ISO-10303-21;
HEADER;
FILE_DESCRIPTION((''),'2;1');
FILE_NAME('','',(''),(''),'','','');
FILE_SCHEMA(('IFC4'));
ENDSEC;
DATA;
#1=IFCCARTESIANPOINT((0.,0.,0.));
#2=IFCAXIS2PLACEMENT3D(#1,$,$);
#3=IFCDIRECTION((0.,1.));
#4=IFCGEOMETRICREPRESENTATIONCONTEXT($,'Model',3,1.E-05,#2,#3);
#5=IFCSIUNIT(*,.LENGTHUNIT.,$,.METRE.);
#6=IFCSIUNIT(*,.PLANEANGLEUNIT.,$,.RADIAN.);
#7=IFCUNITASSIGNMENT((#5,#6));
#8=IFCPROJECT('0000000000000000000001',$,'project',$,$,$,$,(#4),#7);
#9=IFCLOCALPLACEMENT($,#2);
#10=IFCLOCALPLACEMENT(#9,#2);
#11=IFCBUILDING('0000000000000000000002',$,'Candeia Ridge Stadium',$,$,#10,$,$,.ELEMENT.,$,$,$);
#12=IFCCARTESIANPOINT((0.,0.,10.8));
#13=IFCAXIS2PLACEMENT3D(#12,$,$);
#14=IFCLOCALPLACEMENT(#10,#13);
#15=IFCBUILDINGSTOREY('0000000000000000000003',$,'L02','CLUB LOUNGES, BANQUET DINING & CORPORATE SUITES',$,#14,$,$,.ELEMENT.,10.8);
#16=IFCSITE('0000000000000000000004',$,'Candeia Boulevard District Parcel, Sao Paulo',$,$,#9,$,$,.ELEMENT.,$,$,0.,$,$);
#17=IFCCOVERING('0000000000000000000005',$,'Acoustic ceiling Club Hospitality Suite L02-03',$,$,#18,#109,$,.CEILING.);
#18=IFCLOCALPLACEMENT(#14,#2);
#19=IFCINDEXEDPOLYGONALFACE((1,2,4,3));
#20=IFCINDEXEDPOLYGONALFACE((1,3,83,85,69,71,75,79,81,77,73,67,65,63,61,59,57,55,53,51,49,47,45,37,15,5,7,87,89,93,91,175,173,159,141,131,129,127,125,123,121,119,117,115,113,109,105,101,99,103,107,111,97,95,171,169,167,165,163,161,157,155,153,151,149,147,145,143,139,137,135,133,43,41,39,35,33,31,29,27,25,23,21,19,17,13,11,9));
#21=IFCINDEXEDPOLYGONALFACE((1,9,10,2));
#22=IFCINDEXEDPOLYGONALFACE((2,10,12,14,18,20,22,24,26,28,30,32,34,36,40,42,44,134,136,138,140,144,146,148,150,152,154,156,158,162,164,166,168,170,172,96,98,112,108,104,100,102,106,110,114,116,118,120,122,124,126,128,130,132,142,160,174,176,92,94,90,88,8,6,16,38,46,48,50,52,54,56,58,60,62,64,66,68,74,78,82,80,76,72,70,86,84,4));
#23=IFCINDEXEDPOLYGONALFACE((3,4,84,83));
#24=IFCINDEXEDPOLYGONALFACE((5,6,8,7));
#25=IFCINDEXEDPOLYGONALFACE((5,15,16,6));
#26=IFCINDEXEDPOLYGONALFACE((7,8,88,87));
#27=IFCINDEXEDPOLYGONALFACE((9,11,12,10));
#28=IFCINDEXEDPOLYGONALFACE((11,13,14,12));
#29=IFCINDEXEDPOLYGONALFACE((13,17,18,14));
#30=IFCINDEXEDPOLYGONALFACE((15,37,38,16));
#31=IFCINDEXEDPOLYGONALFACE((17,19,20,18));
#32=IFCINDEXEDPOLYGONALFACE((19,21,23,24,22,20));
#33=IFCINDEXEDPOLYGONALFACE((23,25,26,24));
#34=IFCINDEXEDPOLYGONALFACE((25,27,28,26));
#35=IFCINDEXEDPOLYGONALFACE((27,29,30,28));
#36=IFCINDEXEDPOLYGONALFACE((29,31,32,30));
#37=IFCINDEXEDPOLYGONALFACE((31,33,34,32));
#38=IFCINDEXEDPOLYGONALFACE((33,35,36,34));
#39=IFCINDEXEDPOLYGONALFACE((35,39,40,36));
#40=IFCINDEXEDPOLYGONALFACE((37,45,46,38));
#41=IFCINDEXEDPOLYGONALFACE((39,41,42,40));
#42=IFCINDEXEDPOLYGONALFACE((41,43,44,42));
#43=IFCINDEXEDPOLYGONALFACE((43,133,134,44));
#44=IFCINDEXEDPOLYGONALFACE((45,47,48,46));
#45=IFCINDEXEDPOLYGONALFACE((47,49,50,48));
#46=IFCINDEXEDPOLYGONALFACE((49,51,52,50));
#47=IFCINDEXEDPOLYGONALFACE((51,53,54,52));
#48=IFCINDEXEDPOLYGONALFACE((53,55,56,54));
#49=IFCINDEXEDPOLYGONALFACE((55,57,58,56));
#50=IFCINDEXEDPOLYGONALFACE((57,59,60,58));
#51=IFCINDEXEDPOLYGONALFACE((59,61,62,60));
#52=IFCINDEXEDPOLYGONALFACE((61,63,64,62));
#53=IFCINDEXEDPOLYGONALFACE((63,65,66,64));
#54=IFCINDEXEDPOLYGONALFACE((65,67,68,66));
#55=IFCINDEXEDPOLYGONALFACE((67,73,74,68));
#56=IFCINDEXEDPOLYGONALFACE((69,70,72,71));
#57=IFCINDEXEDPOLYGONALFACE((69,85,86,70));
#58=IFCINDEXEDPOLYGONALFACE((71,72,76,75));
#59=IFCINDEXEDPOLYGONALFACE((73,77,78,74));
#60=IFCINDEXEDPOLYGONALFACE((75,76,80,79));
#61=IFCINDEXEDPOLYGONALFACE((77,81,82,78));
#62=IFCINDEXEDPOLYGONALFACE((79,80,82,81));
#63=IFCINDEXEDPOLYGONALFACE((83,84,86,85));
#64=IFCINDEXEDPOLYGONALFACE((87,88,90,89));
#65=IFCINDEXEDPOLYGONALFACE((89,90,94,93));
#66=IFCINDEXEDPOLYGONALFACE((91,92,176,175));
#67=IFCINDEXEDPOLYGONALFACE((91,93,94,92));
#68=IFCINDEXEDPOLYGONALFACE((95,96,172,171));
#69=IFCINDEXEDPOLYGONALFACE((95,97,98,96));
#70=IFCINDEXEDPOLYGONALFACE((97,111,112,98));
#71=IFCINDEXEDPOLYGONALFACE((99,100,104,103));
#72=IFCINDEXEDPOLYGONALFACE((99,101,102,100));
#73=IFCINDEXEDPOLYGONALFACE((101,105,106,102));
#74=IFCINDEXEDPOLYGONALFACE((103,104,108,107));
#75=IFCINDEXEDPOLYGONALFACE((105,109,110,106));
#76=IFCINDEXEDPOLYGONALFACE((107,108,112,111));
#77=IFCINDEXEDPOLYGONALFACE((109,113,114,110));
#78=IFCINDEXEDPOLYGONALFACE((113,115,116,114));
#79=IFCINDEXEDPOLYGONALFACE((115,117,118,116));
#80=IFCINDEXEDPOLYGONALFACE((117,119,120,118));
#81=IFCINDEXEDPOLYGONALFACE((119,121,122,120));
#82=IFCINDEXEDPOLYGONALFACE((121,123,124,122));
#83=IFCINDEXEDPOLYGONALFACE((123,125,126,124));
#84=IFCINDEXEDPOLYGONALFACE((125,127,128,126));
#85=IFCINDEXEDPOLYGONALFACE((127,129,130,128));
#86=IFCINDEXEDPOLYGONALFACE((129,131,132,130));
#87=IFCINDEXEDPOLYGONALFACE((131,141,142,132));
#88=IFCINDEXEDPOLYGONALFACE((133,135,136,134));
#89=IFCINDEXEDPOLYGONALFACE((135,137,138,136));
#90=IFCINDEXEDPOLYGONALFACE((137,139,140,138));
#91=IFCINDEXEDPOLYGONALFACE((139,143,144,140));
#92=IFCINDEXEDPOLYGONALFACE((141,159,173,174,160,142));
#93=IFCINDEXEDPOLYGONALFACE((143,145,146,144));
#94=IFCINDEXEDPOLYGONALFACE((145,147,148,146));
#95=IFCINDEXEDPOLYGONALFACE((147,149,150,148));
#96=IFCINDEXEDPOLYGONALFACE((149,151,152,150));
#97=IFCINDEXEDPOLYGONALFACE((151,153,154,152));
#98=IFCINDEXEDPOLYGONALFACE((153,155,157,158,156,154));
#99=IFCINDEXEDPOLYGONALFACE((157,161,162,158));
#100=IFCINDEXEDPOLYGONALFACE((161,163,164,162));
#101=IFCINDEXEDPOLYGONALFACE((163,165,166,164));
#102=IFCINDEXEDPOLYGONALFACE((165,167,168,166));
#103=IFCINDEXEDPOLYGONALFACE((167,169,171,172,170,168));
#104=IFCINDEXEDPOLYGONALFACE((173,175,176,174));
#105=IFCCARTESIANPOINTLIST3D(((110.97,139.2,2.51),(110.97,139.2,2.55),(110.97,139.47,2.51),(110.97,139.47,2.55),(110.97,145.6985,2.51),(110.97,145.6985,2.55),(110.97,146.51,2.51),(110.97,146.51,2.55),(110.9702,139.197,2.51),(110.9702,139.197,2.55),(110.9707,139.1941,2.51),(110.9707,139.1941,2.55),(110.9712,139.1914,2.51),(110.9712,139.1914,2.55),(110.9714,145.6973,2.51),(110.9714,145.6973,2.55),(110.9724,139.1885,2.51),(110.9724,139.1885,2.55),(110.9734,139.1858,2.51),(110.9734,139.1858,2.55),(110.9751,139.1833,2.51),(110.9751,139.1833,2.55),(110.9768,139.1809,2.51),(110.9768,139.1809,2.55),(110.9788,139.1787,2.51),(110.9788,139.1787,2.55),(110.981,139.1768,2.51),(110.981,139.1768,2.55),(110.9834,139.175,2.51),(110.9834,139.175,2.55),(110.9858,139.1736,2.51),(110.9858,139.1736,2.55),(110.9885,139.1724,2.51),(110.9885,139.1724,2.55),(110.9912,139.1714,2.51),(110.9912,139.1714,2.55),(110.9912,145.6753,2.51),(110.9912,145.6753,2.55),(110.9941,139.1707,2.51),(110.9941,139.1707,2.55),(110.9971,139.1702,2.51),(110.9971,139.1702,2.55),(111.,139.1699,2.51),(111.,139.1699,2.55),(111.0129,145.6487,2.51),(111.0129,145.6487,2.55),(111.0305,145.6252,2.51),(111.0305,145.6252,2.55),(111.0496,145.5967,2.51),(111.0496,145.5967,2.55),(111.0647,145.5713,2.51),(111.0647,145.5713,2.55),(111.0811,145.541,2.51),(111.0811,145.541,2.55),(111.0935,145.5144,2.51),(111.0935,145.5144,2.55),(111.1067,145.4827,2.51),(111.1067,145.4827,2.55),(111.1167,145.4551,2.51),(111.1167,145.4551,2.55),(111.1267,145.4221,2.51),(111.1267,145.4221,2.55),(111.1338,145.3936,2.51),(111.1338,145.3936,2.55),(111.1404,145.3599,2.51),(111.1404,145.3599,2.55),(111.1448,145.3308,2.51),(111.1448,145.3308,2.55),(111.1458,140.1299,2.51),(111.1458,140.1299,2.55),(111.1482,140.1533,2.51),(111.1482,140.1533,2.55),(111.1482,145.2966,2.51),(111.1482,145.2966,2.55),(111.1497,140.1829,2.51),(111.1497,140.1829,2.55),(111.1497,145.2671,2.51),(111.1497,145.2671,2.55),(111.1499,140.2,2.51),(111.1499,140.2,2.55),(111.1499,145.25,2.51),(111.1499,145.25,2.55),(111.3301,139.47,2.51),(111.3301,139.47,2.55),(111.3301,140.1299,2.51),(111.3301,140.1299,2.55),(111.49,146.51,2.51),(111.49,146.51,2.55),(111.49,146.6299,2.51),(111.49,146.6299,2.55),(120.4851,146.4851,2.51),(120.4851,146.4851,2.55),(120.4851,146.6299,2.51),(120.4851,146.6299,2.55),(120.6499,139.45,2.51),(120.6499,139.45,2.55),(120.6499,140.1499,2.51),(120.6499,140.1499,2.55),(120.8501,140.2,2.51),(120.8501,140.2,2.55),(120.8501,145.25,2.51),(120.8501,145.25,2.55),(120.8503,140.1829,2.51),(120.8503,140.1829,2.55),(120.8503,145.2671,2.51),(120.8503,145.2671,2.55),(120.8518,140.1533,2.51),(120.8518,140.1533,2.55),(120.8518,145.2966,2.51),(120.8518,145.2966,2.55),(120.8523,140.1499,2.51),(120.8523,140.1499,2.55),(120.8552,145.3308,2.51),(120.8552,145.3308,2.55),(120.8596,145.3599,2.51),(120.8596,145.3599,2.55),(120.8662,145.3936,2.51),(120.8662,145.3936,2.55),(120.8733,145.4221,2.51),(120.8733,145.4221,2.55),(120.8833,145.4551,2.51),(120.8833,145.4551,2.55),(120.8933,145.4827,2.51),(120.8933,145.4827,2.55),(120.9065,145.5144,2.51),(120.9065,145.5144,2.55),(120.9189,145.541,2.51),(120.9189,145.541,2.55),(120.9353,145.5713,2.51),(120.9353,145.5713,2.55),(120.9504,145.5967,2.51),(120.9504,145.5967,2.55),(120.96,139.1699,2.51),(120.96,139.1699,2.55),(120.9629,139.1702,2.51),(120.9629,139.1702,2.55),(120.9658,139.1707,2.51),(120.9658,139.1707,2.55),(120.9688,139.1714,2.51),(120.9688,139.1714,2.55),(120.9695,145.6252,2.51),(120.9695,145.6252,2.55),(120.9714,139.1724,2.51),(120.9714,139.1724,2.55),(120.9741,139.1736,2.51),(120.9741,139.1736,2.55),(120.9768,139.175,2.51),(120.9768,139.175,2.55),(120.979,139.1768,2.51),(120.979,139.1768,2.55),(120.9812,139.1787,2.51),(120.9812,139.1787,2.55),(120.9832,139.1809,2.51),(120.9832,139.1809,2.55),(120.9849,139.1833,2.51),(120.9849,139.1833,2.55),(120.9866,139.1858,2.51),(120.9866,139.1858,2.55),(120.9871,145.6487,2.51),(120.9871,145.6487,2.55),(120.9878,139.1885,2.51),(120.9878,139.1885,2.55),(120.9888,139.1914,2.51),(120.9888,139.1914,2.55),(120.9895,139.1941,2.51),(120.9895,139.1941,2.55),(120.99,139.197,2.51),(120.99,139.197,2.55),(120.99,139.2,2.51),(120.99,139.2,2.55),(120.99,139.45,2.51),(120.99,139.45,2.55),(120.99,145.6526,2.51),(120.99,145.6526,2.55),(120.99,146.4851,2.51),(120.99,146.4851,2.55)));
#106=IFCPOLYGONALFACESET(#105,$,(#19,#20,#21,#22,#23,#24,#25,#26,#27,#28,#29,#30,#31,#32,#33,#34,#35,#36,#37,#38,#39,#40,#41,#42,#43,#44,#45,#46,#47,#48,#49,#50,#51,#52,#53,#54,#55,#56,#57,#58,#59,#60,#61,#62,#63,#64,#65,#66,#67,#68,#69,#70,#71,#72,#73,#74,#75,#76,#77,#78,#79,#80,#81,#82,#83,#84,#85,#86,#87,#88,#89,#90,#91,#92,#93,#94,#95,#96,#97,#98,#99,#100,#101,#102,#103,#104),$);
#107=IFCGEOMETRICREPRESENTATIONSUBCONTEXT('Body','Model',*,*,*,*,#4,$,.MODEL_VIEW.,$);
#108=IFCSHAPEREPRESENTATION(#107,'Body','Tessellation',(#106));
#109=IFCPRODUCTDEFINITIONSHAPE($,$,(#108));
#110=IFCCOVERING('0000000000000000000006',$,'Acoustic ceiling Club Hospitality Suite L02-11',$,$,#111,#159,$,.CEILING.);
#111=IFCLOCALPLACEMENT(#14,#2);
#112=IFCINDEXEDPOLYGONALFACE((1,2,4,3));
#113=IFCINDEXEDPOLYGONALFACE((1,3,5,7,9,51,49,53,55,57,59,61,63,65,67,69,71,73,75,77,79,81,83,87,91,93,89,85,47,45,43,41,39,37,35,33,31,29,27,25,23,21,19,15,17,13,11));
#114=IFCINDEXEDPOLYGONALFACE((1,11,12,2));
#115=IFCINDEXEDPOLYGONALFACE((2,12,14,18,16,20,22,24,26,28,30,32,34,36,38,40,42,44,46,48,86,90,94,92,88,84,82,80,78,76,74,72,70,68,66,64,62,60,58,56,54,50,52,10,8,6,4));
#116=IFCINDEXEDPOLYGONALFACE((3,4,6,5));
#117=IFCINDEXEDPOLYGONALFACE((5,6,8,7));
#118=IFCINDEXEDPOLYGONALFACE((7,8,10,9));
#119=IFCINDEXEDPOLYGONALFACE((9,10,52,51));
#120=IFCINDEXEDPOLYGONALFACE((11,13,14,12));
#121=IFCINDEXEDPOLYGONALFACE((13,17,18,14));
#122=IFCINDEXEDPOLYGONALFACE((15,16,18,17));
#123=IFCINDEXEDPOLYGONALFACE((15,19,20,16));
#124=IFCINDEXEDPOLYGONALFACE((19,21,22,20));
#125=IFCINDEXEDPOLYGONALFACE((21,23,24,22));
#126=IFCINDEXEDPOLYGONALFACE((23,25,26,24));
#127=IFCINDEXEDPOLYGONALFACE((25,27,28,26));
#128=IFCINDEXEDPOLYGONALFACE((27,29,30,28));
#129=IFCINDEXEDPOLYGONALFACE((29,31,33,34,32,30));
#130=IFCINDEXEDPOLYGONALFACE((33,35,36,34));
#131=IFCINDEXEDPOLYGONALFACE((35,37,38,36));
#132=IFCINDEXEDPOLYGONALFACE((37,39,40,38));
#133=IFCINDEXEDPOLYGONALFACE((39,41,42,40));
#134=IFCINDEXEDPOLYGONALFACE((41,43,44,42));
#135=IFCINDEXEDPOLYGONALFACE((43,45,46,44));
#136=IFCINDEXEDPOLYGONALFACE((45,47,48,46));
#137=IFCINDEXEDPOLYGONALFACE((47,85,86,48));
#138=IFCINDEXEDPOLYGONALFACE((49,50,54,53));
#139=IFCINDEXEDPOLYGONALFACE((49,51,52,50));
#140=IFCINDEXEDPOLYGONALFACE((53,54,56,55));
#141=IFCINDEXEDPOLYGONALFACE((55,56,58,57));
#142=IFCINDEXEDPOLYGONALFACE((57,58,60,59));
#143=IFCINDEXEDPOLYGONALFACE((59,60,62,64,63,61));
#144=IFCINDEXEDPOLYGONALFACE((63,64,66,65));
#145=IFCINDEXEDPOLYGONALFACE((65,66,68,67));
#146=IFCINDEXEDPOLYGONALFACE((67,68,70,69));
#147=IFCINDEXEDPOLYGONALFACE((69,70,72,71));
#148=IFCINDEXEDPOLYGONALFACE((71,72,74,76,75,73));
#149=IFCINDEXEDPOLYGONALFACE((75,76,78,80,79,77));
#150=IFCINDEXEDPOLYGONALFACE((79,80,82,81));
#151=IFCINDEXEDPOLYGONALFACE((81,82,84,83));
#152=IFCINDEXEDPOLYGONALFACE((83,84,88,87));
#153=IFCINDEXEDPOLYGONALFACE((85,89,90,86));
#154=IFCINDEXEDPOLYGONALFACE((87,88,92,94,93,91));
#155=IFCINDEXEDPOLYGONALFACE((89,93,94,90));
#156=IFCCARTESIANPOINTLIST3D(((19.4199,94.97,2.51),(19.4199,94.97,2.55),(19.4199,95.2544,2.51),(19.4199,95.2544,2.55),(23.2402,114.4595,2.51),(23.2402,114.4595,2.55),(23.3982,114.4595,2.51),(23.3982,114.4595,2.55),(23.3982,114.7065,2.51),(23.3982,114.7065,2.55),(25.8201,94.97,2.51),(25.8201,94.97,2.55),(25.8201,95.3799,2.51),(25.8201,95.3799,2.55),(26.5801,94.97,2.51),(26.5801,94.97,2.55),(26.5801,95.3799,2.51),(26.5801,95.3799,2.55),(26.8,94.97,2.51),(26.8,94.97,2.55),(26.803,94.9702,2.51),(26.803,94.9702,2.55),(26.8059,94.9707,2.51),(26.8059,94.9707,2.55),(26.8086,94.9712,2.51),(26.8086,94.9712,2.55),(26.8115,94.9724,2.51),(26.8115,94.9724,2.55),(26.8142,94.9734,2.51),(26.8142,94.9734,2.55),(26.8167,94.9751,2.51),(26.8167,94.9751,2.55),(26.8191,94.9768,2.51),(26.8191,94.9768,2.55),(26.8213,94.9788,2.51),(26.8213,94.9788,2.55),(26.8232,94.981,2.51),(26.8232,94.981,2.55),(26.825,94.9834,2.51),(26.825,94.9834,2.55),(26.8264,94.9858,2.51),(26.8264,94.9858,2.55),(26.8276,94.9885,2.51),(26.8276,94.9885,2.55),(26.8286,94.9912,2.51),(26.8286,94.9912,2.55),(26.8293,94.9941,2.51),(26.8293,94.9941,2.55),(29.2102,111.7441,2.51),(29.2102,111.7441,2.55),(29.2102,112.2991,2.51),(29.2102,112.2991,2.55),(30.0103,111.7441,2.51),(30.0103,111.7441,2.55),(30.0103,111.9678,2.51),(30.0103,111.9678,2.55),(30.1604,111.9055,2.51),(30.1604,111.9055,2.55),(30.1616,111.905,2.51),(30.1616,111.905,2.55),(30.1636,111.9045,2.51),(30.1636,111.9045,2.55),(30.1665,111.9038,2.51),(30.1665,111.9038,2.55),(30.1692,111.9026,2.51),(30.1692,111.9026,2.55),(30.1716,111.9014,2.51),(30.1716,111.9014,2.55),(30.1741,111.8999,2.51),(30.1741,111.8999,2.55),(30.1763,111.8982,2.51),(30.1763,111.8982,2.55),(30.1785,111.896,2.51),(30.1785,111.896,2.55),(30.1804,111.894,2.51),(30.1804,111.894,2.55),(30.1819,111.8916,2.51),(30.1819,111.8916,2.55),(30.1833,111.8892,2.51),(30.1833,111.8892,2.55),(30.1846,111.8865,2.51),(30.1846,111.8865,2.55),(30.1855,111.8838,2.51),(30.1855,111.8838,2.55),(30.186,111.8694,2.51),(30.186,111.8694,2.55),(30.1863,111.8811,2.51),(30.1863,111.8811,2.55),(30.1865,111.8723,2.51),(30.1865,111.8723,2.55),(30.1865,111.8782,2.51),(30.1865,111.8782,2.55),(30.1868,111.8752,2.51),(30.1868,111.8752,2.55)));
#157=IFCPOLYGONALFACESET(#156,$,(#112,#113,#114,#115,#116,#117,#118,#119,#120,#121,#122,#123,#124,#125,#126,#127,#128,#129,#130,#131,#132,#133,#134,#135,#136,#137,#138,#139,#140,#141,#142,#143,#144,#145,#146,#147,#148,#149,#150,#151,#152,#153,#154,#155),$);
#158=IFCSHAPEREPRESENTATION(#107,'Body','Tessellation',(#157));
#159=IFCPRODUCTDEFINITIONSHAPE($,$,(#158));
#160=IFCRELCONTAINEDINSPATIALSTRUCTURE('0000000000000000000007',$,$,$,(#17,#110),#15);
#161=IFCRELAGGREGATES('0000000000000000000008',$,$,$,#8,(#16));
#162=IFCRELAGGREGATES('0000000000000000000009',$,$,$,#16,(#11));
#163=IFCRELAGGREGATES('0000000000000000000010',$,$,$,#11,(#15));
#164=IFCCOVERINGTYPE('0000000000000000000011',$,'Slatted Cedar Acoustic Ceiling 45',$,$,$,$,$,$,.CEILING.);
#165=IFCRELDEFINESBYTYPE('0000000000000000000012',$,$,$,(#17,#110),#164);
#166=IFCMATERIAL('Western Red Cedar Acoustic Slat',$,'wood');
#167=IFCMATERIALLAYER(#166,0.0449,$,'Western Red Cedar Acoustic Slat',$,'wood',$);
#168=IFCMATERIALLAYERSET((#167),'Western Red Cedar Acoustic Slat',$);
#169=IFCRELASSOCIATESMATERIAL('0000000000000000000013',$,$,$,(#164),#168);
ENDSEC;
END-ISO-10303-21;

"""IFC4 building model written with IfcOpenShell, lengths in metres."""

from ifc_helpers import new_model, si_unit, direction, frame, origin, place, context, subcontext, project, spatial, polyline, outline, extrude, material, layer, layer_set, type_object, element, save


model = new_model("IFC4")

# Units and contexts
model_context = context("Model", 3, precision=1e-05, world=origin(), true_north=direction((0.0, 1.0)))
body_context = subcontext(model_context, "Body", "Model", "MODEL_VIEW")
ifc_project = project(units=[si_unit("LENGTHUNIT", "METRE"), si_unit("PLANEANGLEUNIT", "RADIAN")], contexts=[model_context])

# Site, building, storey
site_placement = place(None, origin())
site = spatial("IfcSite", under=ifc_project, at=site_placement, Name="Candeia Boulevard District Parcel, Sao Paulo", CompositionType="ELEMENT", RefElevation=0.0)
building_placement = place(site_placement, origin())
building = spatial("IfcBuilding", under=site, at=building_placement, Name="Candeia Ridge Stadium", CompositionType="ELEMENT")
storey_placement = place(building_placement, frame((0.0, 0.0, 10.8)))
storey = spatial("IfcBuildingStorey", under=building, at=storey_placement, Name="L02", Description="CLUB LOUNGES, BANQUET DINING & CORPORATE SUITES", CompositionType="ELEMENT", Elevation=10.8)

# Coverings
ifc_material_1 = material(Name="Western Red Cedar Acoustic Slat", Category="wood")
ifc_layer_1 = layer(ifc_material_1, 0.0449, Name="Western Red Cedar Acoustic Slat", Category="wood")
ifc_layer_set_1 = layer_set([ifc_layer_1], Name="Western Red Cedar Acoustic Slat")
covering_type_1 = type_object("IfcCoveringType", Name="Slatted Cedar Acoustic Ceiling 45", PredefinedType="CEILING", material=ifc_layer_set_1)
covering_1_placement = place(storey_placement, frame((0.0, 0.0, 2.51)))
element("IfcCovering", 1, at=covering_1_placement, inside=storey, type_object=covering_type_1, Name="Acoustic ceiling Club Hospitality Suite L02-03", PredefinedType="CEILING", context=body_context, shape_type="SweptSolid", body=[
    extrude(outline(polyline([(110.9941, 139.1707), (110.9912, 139.1714), (110.9885, 139.1724), (110.9858, 139.1736), (110.9834, 139.175), (110.981, 139.1768), (110.9788, 139.1787), (110.9768, 139.1809), (110.9751, 139.1833), (110.9734, 139.1858), (110.9724, 139.1885), (110.9712, 139.1914), (110.9707, 139.1941), (110.9702, 139.197), (110.97, 139.2), (110.97, 139.47), (111.3301, 139.47), (111.3301, 140.1299), (111.1458, 140.1299), (111.1482, 140.1533), (111.1497, 140.1829), (111.1499, 140.2), (111.1499, 145.25), (111.1497, 145.2671), (111.1482, 145.2966), (111.1448, 145.3308), (111.1404, 145.3599), (111.1338, 145.3936), (111.1267, 145.4221), (111.1167, 145.4551), (111.1067, 145.4827), (111.0935, 145.5144), (111.0811, 145.541), (111.0647, 145.5713), (111.0496, 145.5967), (111.0305, 145.6252), (111.0129, 145.6487), (110.9912, 145.6753), (110.9714, 145.6973), (110.97, 145.6985), (110.97, 146.51), (111.49, 146.51), (111.49, 146.6299), (120.4851, 146.6299), (120.4851, 146.4851), (120.99, 146.4851), (120.99, 145.6526), (120.9871, 145.6487), (120.9695, 145.6252), (120.9504, 145.5967), (120.9353, 145.5713), (120.9189, 145.541), (120.9065, 145.5144), (120.8933, 145.4827), (120.8833, 145.4551), (120.8733, 145.4221), (120.8662, 145.3936), (120.8596, 145.3599), (120.8552, 145.3308), (120.8518, 145.2966), (120.8503, 145.2671), (120.8501, 145.25), (120.8501, 140.2), (120.8503, 140.1829), (120.8518, 140.1533), (120.8523, 140.1499), (120.6499, 140.1499), (120.6499, 139.45), (120.99, 139.45), (120.99, 139.2), (120.99, 139.197), (120.9895, 139.1941), (120.9888, 139.1914), (120.9878, 139.1885), (120.9866, 139.1858), (120.9849, 139.1833), (120.9832, 139.1809), (120.9812, 139.1787), (120.979, 139.1768), (120.9768, 139.175), (120.9741, 139.1736), (120.9714, 139.1724), (120.9688, 139.1714), (120.9658, 139.1707), (120.9629, 139.1702), (120.96, 139.1699), (111.0, 139.1699), (110.9971, 139.1702), (110.9941, 139.1707)])), origin(), (0.0, 0.0, 1.0), 0.04),
])
covering_2_placement = place(storey_placement, frame((0.0, 0.0, 2.51)))
element("IfcCovering", 2, at=covering_2_placement, inside=storey, type_object=covering_type_1, Name="Acoustic ceiling Club Hospitality Suite L02-11", PredefinedType="CEILING", context=body_context, shape_type="SweptSolid", body=[
    extrude(outline(polyline([(26.8276, 94.9885), (26.8264, 94.9858), (26.825, 94.9834), (26.8232, 94.981), (26.8213, 94.9788), (26.8191, 94.9768), (26.8167, 94.9751), (26.8142, 94.9734), (26.8115, 94.9724), (26.8086, 94.9712), (26.8059, 94.9707), (26.803, 94.9702), (26.8, 94.97), (26.5801, 94.97), (26.5801, 95.3799), (25.8201, 95.3799), (25.8201, 94.97), (19.4199, 94.97), (19.4199, 95.2544), (23.2402, 114.4595), (23.3982, 114.4595), (23.3982, 114.7065), (29.2102, 112.2991), (29.2102, 111.7441), (30.0103, 111.7441), (30.0103, 111.9678), (30.1604, 111.9055), (30.1616, 111.905), (30.1636, 111.9045), (30.1665, 111.9038), (30.1692, 111.9026), (30.1716, 111.9014), (30.1741, 111.8999), (30.1763, 111.8982), (30.1785, 111.896), (30.1804, 111.894), (30.1819, 111.8916), (30.1833, 111.8892), (30.1846, 111.8865), (30.1855, 111.8838), (30.1863, 111.8811), (30.1865, 111.8782), (30.1868, 111.8752), (30.1865, 111.8723), (30.186, 111.8694), (26.8293, 94.9941), (26.8286, 94.9912), (26.8276, 94.9885)])), origin(), (0.0, 0.0, 1.0), 0.04),
])

save(model, "model.ifc")
